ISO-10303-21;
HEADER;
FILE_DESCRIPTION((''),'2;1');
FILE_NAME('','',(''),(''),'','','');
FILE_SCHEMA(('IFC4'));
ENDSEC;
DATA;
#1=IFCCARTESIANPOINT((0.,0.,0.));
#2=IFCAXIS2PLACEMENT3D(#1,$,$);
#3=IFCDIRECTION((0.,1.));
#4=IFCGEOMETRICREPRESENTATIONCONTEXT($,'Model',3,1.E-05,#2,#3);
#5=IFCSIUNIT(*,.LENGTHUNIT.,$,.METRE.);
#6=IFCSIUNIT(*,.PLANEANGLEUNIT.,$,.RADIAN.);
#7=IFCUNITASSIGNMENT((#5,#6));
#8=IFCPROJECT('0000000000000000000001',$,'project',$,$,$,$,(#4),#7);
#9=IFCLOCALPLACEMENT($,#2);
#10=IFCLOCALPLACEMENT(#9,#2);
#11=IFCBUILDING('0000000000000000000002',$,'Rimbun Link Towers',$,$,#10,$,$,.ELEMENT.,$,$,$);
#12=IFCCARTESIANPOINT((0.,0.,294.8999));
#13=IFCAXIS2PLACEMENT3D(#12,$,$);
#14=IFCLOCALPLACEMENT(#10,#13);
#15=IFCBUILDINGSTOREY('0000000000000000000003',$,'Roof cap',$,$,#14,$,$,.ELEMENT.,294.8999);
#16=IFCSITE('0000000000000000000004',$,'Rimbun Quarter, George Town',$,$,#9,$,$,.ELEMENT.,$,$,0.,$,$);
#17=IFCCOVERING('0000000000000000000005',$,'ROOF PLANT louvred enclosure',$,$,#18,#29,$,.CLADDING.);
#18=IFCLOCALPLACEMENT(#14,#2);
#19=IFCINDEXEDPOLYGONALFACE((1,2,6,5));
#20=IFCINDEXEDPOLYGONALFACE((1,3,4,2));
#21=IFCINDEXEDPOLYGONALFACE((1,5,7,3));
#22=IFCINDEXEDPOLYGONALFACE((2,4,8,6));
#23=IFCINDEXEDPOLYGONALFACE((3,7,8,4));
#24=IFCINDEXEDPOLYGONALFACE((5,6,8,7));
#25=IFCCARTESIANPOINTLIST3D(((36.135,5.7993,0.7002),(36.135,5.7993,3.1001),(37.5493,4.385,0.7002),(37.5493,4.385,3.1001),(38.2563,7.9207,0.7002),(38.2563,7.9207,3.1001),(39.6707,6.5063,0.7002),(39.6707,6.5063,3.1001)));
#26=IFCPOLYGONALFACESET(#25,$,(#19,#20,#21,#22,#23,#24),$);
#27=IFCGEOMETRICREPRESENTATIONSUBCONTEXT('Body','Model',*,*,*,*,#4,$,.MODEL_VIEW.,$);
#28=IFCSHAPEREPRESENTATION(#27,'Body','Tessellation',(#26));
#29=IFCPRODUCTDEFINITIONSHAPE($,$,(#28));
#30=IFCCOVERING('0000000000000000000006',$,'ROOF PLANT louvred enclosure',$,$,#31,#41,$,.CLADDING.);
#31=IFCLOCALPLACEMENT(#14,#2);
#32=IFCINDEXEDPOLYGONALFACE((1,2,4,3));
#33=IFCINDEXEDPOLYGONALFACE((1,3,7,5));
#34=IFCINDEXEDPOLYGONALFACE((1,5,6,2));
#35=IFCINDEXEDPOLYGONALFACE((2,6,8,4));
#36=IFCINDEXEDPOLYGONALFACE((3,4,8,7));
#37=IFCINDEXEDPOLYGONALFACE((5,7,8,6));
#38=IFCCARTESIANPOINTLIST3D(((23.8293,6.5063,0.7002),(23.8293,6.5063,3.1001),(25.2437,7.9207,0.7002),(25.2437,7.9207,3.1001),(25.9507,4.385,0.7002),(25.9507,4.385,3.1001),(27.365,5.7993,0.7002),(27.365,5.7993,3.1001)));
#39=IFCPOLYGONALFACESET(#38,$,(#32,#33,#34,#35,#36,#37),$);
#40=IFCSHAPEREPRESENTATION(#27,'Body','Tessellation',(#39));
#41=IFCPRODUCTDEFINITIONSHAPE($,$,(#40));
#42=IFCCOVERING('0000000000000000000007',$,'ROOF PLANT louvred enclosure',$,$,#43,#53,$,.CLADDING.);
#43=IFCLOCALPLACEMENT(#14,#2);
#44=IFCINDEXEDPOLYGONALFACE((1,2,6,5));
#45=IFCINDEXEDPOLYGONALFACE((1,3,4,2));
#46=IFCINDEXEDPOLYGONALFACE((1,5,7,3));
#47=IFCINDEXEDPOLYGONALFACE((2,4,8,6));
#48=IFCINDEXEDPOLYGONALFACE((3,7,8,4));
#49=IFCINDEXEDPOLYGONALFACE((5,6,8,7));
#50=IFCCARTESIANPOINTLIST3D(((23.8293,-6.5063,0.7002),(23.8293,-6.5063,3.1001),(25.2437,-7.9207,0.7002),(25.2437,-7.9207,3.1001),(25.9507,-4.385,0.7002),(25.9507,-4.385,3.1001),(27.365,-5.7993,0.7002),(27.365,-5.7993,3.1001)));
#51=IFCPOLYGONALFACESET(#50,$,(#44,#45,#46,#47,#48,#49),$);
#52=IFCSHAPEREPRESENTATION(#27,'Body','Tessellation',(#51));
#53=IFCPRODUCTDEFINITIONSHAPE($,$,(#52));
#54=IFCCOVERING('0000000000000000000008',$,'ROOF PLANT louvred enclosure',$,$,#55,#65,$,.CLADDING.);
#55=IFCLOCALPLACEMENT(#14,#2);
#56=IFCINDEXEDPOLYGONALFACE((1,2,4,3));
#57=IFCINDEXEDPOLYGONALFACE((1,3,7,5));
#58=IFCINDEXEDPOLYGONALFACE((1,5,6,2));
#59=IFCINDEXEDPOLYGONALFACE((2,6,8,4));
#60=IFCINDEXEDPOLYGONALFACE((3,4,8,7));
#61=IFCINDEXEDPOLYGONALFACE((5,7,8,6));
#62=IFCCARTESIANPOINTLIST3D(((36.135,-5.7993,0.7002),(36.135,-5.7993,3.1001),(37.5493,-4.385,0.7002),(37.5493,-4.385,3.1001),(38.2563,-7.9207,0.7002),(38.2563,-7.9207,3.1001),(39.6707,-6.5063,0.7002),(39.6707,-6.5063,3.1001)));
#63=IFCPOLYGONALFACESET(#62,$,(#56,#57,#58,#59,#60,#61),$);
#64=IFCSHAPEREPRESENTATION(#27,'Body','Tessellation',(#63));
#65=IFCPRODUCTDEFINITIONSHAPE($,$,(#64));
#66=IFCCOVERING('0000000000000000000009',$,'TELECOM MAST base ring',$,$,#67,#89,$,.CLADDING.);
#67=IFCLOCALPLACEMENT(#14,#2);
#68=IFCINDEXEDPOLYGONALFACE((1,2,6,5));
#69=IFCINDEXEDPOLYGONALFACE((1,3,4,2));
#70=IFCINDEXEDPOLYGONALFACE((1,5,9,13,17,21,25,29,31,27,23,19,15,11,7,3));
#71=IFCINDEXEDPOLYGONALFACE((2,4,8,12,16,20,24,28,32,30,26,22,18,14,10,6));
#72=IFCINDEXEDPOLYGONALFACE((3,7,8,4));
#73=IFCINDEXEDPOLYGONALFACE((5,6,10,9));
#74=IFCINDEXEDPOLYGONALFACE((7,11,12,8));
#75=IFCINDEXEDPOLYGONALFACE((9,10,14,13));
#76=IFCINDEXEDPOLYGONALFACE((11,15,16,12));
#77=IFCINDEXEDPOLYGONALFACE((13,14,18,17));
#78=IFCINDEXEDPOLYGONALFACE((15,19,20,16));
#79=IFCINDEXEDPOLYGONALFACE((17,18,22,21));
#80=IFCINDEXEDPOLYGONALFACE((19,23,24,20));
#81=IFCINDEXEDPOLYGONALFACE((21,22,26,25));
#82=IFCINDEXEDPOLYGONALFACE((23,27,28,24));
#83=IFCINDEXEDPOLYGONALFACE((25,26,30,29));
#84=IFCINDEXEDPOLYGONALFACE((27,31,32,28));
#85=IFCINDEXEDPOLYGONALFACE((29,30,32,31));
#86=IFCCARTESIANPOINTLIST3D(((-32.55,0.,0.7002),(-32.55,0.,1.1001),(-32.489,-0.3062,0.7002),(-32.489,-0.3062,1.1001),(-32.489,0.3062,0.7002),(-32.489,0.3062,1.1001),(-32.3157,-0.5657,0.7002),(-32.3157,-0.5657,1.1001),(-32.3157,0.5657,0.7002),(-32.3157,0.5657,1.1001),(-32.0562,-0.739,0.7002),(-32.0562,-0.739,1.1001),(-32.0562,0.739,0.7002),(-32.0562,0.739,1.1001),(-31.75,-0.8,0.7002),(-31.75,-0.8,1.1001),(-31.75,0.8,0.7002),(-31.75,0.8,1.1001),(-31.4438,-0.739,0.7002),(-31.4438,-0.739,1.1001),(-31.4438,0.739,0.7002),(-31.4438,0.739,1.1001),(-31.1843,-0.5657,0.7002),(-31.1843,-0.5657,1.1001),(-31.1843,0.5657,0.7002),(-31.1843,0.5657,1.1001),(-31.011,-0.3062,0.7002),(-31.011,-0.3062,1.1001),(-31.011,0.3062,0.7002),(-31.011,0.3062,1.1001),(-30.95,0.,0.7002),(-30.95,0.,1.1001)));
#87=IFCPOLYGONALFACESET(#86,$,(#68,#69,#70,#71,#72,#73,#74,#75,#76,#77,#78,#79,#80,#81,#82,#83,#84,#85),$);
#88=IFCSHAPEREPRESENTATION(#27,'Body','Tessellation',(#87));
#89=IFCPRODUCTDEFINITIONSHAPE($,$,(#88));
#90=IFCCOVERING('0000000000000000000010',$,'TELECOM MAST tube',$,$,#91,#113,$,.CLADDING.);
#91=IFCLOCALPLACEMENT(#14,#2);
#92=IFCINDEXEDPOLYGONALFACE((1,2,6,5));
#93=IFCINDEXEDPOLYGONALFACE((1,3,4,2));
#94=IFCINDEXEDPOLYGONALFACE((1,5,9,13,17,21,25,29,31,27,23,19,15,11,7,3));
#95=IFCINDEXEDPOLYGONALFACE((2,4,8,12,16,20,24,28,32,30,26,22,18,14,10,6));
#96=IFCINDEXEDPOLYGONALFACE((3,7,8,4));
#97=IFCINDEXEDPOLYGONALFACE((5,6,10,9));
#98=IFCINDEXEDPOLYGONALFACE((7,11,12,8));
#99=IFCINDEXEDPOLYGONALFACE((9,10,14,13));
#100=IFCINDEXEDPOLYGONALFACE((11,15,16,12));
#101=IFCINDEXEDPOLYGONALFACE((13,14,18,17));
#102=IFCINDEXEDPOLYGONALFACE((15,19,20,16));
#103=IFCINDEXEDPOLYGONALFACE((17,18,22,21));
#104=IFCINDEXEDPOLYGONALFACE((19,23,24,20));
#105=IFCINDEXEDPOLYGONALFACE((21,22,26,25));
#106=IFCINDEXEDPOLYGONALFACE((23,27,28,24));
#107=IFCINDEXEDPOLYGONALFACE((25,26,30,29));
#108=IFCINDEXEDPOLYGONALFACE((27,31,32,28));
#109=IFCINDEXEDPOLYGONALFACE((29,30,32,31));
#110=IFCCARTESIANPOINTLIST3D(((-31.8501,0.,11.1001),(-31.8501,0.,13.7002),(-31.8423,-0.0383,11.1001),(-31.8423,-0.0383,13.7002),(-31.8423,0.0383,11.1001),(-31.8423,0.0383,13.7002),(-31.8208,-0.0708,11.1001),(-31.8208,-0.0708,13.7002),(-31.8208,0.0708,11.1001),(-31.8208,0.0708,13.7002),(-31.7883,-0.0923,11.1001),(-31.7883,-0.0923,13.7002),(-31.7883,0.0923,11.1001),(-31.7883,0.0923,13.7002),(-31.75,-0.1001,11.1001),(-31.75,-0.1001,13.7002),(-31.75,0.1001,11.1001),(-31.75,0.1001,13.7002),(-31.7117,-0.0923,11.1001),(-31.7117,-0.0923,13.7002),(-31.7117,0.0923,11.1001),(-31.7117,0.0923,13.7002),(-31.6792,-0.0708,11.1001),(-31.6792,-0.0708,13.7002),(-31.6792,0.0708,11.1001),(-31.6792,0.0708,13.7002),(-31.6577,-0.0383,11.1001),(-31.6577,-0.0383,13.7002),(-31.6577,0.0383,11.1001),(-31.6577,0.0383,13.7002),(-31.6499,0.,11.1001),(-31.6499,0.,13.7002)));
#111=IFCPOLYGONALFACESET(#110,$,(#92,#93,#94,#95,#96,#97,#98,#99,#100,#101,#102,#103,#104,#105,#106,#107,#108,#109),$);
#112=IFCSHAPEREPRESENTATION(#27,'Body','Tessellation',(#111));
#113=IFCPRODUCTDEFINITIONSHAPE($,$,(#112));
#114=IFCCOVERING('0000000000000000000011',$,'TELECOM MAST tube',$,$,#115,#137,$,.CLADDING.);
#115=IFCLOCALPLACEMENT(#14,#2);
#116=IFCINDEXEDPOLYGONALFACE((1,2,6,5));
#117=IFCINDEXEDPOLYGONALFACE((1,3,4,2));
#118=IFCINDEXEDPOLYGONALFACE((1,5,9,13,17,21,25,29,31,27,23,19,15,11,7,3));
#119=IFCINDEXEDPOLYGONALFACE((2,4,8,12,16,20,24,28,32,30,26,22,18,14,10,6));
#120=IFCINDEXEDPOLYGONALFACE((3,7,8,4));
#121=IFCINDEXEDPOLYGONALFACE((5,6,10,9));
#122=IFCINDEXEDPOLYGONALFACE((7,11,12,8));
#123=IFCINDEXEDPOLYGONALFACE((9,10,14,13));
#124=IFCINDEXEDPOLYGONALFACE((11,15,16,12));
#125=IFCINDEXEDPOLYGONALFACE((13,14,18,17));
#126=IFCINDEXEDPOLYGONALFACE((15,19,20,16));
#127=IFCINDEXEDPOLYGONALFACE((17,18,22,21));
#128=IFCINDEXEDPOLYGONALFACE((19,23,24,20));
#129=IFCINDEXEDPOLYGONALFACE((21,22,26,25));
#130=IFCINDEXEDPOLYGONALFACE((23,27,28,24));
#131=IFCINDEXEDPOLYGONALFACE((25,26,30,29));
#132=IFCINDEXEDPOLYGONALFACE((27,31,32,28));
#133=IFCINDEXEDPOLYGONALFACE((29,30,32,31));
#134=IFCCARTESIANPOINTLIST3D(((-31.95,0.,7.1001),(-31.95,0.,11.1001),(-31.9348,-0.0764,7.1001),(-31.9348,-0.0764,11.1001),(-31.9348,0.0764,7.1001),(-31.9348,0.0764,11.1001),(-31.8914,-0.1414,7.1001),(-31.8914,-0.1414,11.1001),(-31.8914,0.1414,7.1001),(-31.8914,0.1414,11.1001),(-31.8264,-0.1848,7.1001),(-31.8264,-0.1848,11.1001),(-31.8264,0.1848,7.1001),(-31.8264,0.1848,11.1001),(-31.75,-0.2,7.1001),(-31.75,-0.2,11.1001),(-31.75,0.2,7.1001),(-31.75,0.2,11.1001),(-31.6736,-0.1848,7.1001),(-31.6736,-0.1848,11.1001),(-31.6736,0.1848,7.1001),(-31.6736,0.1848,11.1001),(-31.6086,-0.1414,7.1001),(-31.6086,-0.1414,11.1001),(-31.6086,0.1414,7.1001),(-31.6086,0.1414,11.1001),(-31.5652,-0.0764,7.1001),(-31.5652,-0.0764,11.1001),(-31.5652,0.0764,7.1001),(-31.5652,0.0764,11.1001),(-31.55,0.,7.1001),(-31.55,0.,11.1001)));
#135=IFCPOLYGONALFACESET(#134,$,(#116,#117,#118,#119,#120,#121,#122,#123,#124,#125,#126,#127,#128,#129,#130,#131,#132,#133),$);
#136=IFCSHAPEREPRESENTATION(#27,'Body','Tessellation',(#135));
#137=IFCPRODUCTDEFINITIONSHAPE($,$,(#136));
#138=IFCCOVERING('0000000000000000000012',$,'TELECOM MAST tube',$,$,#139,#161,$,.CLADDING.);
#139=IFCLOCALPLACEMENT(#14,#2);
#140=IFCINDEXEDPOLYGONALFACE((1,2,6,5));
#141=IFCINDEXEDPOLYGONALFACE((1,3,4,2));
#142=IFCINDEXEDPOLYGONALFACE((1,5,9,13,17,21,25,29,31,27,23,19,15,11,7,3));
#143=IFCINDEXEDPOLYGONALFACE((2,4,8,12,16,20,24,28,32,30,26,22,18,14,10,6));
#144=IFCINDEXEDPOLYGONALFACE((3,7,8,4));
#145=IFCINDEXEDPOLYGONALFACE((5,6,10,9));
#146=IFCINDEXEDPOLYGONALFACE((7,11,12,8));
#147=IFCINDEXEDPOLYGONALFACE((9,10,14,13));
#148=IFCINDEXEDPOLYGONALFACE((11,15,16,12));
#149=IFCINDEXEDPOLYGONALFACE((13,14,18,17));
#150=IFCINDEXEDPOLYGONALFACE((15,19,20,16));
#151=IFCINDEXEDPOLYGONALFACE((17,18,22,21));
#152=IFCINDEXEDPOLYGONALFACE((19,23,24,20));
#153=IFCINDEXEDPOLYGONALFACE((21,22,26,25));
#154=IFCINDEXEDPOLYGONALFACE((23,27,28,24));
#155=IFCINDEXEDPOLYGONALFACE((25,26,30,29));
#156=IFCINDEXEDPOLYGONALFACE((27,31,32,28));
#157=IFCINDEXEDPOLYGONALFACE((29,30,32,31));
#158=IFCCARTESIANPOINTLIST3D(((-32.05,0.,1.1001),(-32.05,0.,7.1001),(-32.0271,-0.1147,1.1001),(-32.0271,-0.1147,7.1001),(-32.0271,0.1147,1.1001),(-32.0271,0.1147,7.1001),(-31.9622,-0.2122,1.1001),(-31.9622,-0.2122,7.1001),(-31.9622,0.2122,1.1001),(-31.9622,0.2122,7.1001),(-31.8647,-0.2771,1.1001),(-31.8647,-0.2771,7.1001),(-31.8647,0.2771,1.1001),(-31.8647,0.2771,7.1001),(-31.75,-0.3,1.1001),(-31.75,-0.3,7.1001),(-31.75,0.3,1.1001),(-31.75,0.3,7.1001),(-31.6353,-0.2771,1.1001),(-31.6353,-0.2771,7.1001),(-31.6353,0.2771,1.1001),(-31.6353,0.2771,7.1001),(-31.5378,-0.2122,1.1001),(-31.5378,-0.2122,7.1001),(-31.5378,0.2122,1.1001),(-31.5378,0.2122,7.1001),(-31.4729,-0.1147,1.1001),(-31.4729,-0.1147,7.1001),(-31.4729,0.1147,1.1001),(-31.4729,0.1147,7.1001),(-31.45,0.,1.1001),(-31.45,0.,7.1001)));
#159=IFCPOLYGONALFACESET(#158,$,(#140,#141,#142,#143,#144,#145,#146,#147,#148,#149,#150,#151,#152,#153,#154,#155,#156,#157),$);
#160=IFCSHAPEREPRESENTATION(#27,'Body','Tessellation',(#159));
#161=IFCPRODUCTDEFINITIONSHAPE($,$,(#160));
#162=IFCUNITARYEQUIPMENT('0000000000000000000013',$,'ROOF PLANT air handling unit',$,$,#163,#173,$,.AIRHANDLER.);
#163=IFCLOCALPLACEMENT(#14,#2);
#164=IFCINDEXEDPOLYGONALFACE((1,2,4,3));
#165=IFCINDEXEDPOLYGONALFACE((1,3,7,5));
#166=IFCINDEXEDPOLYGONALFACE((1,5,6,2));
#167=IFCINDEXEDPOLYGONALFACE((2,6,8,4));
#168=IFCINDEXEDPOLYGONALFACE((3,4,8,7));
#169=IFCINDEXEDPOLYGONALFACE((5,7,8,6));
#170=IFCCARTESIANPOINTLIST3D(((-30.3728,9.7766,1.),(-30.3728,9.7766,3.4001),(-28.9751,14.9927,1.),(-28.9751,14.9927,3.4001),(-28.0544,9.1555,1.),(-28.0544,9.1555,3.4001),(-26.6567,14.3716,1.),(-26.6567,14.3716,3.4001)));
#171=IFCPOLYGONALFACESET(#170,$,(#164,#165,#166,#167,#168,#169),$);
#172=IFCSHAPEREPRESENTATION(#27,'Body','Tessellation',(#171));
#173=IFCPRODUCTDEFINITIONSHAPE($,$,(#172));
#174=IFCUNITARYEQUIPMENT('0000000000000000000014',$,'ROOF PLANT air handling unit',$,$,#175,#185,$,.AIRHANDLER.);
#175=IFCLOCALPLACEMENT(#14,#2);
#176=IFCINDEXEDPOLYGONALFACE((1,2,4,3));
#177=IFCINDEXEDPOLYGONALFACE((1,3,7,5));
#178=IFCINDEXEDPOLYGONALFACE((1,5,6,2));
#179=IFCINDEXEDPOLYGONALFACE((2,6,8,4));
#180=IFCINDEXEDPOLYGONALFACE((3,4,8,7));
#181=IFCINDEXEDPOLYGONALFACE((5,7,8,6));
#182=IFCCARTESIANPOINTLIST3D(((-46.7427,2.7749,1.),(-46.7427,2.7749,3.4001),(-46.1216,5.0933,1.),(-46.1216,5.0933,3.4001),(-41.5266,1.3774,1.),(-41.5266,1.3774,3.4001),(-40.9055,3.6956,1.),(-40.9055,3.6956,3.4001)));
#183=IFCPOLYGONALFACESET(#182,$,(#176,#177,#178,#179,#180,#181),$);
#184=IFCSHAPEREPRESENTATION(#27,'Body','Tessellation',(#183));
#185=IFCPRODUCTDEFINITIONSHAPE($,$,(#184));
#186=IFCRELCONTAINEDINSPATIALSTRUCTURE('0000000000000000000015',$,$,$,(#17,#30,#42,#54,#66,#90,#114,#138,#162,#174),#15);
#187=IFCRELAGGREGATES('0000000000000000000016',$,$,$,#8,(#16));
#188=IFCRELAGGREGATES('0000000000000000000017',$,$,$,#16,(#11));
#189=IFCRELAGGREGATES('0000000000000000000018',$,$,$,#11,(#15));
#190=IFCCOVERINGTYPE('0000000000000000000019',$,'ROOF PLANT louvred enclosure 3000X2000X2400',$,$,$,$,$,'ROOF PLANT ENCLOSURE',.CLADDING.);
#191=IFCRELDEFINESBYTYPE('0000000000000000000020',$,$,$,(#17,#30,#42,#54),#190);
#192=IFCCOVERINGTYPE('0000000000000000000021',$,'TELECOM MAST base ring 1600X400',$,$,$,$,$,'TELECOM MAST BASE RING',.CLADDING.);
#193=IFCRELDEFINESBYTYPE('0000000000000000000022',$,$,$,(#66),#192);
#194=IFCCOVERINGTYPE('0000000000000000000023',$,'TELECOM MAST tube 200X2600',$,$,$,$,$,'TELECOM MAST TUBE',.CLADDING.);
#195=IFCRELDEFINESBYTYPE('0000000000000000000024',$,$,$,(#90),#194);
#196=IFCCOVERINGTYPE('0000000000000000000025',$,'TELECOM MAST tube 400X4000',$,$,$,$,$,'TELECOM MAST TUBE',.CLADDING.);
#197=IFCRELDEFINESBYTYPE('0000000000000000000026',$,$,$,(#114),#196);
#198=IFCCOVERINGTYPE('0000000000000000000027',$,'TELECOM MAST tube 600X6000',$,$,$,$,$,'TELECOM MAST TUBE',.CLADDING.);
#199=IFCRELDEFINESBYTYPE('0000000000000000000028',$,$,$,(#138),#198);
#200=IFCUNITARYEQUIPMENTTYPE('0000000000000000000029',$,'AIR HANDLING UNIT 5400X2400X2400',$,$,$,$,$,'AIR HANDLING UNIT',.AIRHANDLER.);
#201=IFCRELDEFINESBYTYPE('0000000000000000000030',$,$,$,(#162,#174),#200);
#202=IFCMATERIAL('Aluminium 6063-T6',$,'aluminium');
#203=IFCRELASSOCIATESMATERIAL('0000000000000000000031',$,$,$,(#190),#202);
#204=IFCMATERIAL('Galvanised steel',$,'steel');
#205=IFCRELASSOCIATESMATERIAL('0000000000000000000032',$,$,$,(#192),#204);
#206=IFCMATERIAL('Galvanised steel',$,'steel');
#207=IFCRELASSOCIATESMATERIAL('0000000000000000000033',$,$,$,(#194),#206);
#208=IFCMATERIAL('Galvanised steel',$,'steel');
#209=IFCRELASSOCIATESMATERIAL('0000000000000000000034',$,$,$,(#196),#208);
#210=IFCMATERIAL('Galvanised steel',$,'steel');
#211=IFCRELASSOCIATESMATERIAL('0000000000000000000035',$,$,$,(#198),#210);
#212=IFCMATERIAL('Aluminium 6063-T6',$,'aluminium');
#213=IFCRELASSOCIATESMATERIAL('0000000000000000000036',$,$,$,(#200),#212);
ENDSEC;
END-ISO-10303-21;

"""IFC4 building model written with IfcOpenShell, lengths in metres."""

from ifc_helpers import new_model, si_unit, direction, frame, origin, place, context, subcontext, project, spatial, polyline, outline, extrude, material, type_object, element, save


model = new_model("IFC4")

# Units and contexts
model_context = context("Model", 3, precision=1e-05, world=origin(), true_north=direction((0.0, 1.0)))
body_context = subcontext(model_context, "Body", "Model", "MODEL_VIEW")
ifc_project = project(units=[si_unit("LENGTHUNIT", "METRE"), si_unit("PLANEANGLEUNIT", "RADIAN")], contexts=[model_context])

# Site, building, storey
site_placement = place(None, origin())
site = spatial("IfcSite", under=ifc_project, at=site_placement, Name="Rimbun Quarter, George Town", CompositionType="ELEMENT", RefElevation=0.0)
building_placement = place(site_placement, origin())
building = spatial("IfcBuilding", under=site, at=building_placement, Name="Rimbun Link Towers", CompositionType="ELEMENT")
storey_placement = place(building_placement, frame((0.0, 0.0, 294.8999)))
storey = spatial("IfcBuildingStorey", under=building, at=storey_placement, Name="Roof cap", CompositionType="ELEMENT", Elevation=294.8999)

# Coverings
ifc_material_1 = material(Name="Aluminium 6063-T6", Category="aluminium")
covering_type_1 = type_object("IfcCoveringType", Name="ROOF PLANT louvred enclosure 3000X2000X2400", ElementType="ROOF PLANT ENCLOSURE", PredefinedType="CLADDING", material=ifc_material_1)
covering_1_placement = place(storey_placement, frame((0.0, 0.0, 0.7002)))
element("IfcCovering", 1, at=covering_1_placement, inside=storey, type_object=covering_type_1, Name="ROOF PLANT louvred enclosure", PredefinedType="CLADDING", context=body_context, shape_type="SweptSolid", body=[
    extrude(outline(polyline([(37.5493, 4.385), (39.6707, 6.5063), (38.2563, 7.9207), (36.135, 5.7993), (37.5493, 4.385)])), origin(), (0.0, 0.0, 1.0), 2.3999),
])
covering_2_placement = place(storey_placement, frame((0.0, 0.0, 0.7002)))
element("IfcCovering", 2, at=covering_2_placement, inside=storey, type_object=covering_type_1, Name="ROOF PLANT louvred enclosure", PredefinedType="CLADDING", context=body_context, shape_type="SweptSolid", body=[
    extrude(outline(polyline([(27.365, 5.7993), (25.2437, 7.9207), (23.8293, 6.5063), (25.9507, 4.385), (27.365, 5.7993)])), origin(), (0.0, 0.0, 1.0), 2.3999),
])
covering_3_placement = place(storey_placement, frame((0.0, 0.0, 0.7002)))
element("IfcCovering", 3, at=covering_3_placement, inside=storey, type_object=covering_type_1, Name="ROOF PLANT louvred enclosure", PredefinedType="CLADDING", context=body_context, shape_type="SweptSolid", body=[
    extrude(outline(polyline([(25.9507, -4.385), (23.8293, -6.5063), (25.2437, -7.9207), (27.365, -5.7993), (25.9507, -4.385)])), origin(), (0.0, 0.0, 1.0), 2.3999),
])
covering_4_placement = place(storey_placement, frame((0.0, 0.0, 0.7002)))
element("IfcCovering", 4, at=covering_4_placement, inside=storey, type_object=covering_type_1, Name="ROOF PLANT louvred enclosure", PredefinedType="CLADDING", context=body_context, shape_type="SweptSolid", body=[
    extrude(outline(polyline([(36.135, -5.7993), (38.2563, -7.9207), (39.6707, -6.5063), (37.5493, -4.385), (36.135, -5.7993)])), origin(), (0.0, 0.0, 1.0), 2.3999),
])
ifc_material_2 = material(Name="Galvanised steel", Category="steel")
covering_type_2 = type_object("IfcCoveringType", Name="TELECOM MAST base ring 1600X400", ElementType="TELECOM MAST BASE RING", PredefinedType="CLADDING", material=ifc_material_2)
covering_5_placement = place(storey_placement, frame((0.0, 0.0, 0.7002)))
element("IfcCovering", 5, at=covering_5_placement, inside=storey, type_object=covering_type_2, Name="TELECOM MAST base ring", PredefinedType="CLADDING", context=body_context, shape_type="SweptSolid", body=[
    extrude(outline(polyline([(-30.95, 0.0), (-31.011, 0.3062), (-31.1843, 0.5657), (-31.4438, 0.739), (-31.75, 0.8), (-32.0562, 0.739), (-32.3157, 0.5657), (-32.489, 0.3062), (-32.55, 0.0), (-32.489, -0.3062), (-32.3157, -0.5657), (-32.0562, -0.739), (-31.75, -0.8), (-31.4438, -0.739), (-31.1843, -0.5657), (-31.011, -0.3062), (-30.95, 0.0)])), origin(), (0.0, 0.0, 1.0), 0.3999),
])
ifc_material_3 = material(Name="Galvanised steel", Category="steel")
covering_type_3 = type_object("IfcCoveringType", Name="TELECOM MAST tube 200X2600", ElementType="TELECOM MAST TUBE", PredefinedType="CLADDING", material=ifc_material_3)
covering_6_placement = place(storey_placement, frame((0.0, 0.0, 11.1001)))
element("IfcCovering", 6, at=covering_6_placement, inside=storey, type_object=covering_type_3, Name="TELECOM MAST tube", PredefinedType="CLADDING", context=body_context, shape_type="SweptSolid", body=[
    extrude(outline(polyline([(-31.6499, 0.0), (-31.6577, 0.0383), (-31.6792, 0.0708), (-31.7117, 0.0923), (-31.75, 0.1001), (-31.7883, 0.0923), (-31.8208, 0.0708), (-31.8423, 0.0383), (-31.8501, 0.0), (-31.8423, -0.0383), (-31.8208, -0.0708), (-31.7883, -0.0923), (-31.75, -0.1001), (-31.7117, -0.0923), (-31.6792, -0.0708), (-31.6577, -0.0383), (-31.6499, 0.0)])), origin(), (0.0, 0.0, 1.0), 2.6001),
])
ifc_material_4 = material(Name="Galvanised steel", Category="steel")
covering_type_4 = type_object("IfcCoveringType", Name="TELECOM MAST tube 400X4000", ElementType="TELECOM MAST TUBE", PredefinedType="CLADDING", material=ifc_material_4)
covering_7_placement = place(storey_placement, frame((0.0, 0.0, 7.1001)))
element("IfcCovering", 7, at=covering_7_placement, inside=storey, type_object=covering_type_4, Name="TELECOM MAST tube", PredefinedType="CLADDING", context=body_context, shape_type="SweptSolid", body=[
    extrude(outline(polyline([(-31.55, 0.0), (-31.5652, 0.0764), (-31.6086, 0.1414), (-31.6736, 0.1848), (-31.75, 0.2), (-31.8264, 0.1848), (-31.8914, 0.1414), (-31.9348, 0.0764), (-31.95, 0.0), (-31.9348, -0.0764), (-31.8914, -0.1414), (-31.8264, -0.1848), (-31.75, -0.2), (-31.6736, -0.1848), (-31.6086, -0.1414), (-31.5652, -0.0764), (-31.55, 0.0)])), origin(), (0.0, 0.0, 1.0), 4.0),
])
ifc_material_5 = material(Name="Galvanised steel", Category="steel")
covering_type_5 = type_object("IfcCoveringType", Name="TELECOM MAST tube 600X6000", ElementType="TELECOM MAST TUBE", PredefinedType="CLADDING", material=ifc_material_5)
covering_8_placement = place(storey_placement, frame((0.0, 0.0, 1.1001)))
element("IfcCovering", 8, at=covering_8_placement, inside=storey, type_object=covering_type_5, Name="TELECOM MAST tube", PredefinedType="CLADDING", context=body_context, shape_type="SweptSolid", body=[
    extrude(outline(polyline([(-31.45, 0.0), (-31.4729, 0.1147), (-31.5378, 0.2122), (-31.6353, 0.2771), (-31.75, 0.3), (-31.8647, 0.2771), (-31.9622, 0.2122), (-32.0271, 0.1147), (-32.05, 0.0), (-32.0271, -0.1147), (-31.9622, -0.2122), (-31.8647, -0.2771), (-31.75, -0.3), (-31.6353, -0.2771), (-31.5378, -0.2122), (-31.4729, -0.1147), (-31.45, 0.0)])), origin(), (0.0, 0.0, 1.0), 6.0),
])

# Unitary equipment
ifc_material_6 = material(Name="Aluminium 6063-T6", Category="aluminium")
unitary_equipment_type = type_object("IfcUnitaryEquipmentType", Name="AIR HANDLING UNIT 5400X2400X2400", ElementType="AIR HANDLING UNIT", PredefinedType="AIRHANDLER", material=ifc_material_6)
unitary_equipment_1_placement = place(storey_placement, frame((0.0, 0.0, 1.0)))
element("IfcUnitaryEquipment", 9, at=unitary_equipment_1_placement, inside=storey, type_object=unitary_equipment_type, Name="ROOF PLANT air handling unit", PredefinedType="AIRHANDLER", context=body_context, shape_type="SweptSolid", body=[
    extrude(outline(polyline([(-28.0544, 9.1555), (-26.6567, 14.3716), (-28.9751, 14.9927), (-30.3728, 9.7766), (-28.0544, 9.1555)])), origin(), (0.0, 0.0, 1.0), 2.4001),
])
unitary_equipment_2_placement = place(storey_placement, frame((0.0, 0.0, 1.0)))
element("IfcUnitaryEquipment", 10, at=unitary_equipment_2_placement, inside=storey, type_object=unitary_equipment_type, Name="ROOF PLANT air handling unit", PredefinedType="AIRHANDLER", context=body_context, shape_type="SweptSolid", body=[
    extrude(outline(polyline([(-40.9055, 3.6956), (-46.1216, 5.0933), (-46.7427, 2.7749), (-41.5266, 1.3774), (-40.9055, 3.6956)])), origin(), (0.0, 0.0, 1.0), 2.4001),
])

save(model, "model.ifc")
